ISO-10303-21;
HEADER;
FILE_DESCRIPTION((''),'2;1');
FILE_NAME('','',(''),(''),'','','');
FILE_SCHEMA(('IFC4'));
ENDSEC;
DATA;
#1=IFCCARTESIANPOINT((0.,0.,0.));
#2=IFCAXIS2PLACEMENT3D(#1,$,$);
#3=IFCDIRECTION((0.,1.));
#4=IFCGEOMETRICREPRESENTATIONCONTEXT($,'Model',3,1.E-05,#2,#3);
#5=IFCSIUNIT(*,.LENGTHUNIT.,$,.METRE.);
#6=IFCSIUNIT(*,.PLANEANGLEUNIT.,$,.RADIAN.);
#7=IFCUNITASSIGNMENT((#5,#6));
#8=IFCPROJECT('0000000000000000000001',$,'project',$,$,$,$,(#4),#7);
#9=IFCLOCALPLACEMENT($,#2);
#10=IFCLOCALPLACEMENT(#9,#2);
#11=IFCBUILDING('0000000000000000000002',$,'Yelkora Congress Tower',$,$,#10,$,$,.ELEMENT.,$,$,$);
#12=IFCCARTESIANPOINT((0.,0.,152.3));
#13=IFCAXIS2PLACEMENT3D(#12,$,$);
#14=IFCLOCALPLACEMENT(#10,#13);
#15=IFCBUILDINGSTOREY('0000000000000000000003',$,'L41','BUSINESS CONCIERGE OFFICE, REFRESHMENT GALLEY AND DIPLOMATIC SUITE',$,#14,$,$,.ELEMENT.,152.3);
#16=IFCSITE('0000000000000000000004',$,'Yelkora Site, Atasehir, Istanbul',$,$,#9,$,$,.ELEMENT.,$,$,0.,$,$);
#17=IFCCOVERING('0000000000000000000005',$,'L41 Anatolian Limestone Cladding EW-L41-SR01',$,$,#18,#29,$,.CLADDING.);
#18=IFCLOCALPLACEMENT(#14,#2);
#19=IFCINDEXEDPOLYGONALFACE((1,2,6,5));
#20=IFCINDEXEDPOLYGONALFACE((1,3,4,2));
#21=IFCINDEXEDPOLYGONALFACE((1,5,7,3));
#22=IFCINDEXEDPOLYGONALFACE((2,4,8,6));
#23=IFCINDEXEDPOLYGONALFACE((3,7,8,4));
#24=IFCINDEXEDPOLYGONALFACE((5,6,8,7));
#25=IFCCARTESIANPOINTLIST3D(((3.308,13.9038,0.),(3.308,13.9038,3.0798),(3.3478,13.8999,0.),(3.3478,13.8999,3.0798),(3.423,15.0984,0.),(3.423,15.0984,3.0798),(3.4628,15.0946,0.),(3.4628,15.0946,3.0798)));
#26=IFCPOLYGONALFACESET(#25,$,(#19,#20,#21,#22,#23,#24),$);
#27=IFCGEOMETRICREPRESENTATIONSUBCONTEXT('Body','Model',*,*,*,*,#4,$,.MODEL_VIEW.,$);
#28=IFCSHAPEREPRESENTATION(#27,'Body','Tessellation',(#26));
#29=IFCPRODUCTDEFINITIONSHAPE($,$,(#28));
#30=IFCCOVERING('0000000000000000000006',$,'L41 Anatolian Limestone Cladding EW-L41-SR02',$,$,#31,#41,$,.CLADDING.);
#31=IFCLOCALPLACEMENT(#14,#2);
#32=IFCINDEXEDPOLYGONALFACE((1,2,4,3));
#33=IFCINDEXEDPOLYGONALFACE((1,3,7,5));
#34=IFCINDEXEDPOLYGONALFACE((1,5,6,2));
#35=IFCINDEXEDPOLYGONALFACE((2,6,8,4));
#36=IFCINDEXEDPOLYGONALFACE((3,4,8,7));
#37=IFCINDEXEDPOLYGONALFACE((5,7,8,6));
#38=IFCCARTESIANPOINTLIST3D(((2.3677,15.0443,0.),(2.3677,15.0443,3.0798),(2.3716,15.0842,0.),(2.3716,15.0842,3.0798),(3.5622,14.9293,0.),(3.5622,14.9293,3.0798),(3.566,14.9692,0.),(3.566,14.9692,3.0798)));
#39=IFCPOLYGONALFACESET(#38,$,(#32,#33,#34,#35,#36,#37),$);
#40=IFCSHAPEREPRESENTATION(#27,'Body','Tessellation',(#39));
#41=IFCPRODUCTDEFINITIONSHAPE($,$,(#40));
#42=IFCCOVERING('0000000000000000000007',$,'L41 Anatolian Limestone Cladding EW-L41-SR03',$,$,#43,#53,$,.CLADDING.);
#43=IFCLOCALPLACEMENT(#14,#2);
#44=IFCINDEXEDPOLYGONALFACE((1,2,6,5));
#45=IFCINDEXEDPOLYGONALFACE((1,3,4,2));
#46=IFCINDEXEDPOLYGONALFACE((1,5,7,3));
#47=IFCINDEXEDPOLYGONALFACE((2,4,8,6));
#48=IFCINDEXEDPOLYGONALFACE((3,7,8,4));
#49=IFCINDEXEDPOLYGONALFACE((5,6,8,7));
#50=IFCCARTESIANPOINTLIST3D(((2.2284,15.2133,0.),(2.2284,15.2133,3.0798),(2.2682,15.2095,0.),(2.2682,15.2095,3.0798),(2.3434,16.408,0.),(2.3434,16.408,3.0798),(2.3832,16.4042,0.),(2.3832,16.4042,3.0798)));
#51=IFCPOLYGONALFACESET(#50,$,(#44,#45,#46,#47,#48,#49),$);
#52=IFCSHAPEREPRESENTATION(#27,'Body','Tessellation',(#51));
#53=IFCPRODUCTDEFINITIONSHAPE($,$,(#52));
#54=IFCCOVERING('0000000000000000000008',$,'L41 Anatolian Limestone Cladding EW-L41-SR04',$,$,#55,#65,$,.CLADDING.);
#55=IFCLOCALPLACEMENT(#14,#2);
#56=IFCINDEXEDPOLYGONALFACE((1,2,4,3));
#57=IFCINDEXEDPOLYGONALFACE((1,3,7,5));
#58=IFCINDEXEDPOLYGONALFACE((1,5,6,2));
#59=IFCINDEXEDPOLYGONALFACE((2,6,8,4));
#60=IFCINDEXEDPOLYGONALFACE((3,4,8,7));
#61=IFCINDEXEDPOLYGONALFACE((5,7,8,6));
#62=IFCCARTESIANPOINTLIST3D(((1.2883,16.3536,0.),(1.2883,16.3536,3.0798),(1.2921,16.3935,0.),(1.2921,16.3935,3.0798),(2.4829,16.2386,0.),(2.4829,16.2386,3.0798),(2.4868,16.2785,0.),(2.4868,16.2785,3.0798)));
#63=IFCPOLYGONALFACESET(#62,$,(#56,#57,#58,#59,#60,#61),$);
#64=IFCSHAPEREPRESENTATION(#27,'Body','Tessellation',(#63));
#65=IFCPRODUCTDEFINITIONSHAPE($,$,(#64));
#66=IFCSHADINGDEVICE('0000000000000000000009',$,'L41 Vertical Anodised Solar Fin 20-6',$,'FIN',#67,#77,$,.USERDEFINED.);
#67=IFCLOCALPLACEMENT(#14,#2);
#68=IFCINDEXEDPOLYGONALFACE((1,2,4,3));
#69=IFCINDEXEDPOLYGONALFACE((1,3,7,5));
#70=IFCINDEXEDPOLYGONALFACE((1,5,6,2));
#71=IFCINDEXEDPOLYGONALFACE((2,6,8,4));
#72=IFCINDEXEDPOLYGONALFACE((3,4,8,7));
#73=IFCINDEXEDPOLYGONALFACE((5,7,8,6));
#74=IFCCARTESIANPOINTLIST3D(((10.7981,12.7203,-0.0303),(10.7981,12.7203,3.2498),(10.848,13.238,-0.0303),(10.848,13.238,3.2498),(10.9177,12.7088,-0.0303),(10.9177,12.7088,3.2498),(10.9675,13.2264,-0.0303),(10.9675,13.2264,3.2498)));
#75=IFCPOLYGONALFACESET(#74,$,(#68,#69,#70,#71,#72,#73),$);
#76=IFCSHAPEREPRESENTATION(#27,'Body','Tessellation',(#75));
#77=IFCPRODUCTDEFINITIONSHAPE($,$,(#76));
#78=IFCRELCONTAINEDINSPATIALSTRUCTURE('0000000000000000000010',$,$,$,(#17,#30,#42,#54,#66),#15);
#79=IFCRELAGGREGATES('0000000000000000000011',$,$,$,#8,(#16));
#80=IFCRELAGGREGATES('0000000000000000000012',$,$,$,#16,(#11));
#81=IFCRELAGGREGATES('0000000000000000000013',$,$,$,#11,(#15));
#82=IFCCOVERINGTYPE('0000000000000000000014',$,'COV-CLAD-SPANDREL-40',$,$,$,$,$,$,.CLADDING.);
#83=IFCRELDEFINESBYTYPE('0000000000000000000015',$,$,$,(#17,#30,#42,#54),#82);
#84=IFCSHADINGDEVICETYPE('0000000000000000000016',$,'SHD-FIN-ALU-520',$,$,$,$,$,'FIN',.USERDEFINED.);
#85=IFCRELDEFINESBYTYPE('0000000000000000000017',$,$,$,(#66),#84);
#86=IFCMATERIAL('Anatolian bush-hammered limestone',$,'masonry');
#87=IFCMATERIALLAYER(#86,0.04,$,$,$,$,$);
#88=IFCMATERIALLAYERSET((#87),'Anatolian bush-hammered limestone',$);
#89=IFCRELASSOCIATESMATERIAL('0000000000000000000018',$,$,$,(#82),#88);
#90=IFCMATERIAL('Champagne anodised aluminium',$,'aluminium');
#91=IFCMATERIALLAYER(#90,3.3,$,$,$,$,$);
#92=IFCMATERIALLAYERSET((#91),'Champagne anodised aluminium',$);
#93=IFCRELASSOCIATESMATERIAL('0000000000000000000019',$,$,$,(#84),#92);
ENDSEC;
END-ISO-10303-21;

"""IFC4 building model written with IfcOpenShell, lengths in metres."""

from ifc_helpers import new_model, si_unit, direction, frame, frame_2d, origin, origin_2d, place, context, subcontext, project, spatial, rectangle, extrude, material, layer, layer_set, type_object, element, save


model = new_model("IFC4")

# Units and contexts
model_context = context("Model", 3, precision=1e-05, world=origin(), true_north=direction((0.0, 1.0)))
body_context = subcontext(model_context, "Body", "Model", "MODEL_VIEW")
ifc_project = project(units=[si_unit("LENGTHUNIT", "METRE"), si_unit("PLANEANGLEUNIT", "RADIAN")], contexts=[model_context])

# Site, building, storey
site_placement = place(None, origin())
site = spatial("IfcSite", under=ifc_project, at=site_placement, Name="Yelkora Site, Atasehir, Istanbul", CompositionType="ELEMENT", RefElevation=0.0)
building_placement = place(site_placement, origin())
building = spatial("IfcBuilding", under=site, at=building_placement, Name="Yelkora Congress Tower", CompositionType="ELEMENT")
storey_placement = place(building_placement, frame((0.0, 0.0, 152.3)))
storey = spatial("IfcBuildingStorey", under=building, at=storey_placement, Name="L41", Description="BUSINESS CONCIERGE OFFICE, REFRESHMENT GALLEY AND DIPLOMATIC SUITE", CompositionType="ELEMENT", Elevation=152.3)

# Coverings
ifc_material_1 = material(Name="Anatolian bush-hammered limestone", Category="masonry")
ifc_layer_1 = layer(ifc_material_1, 0.04)
ifc_layer_set_1 = layer_set([ifc_layer_1], Name="Anatolian bush-hammered limestone")
covering_type = type_object("IfcCoveringType", Name="COV-CLAD-SPANDREL-40", PredefinedType="CLADDING", material=ifc_layer_set_1)
covering_1_placement = place(storey_placement, frame((3.3279, 13.9019, 0.0), z_axis=(0.0, 0.0, 1.0), x_axis=(0.095817, 0.995399, 0.0)))
element("IfcCovering", 1, at=covering_1_placement, inside=storey, type_object=covering_type, Name="L41 Anatolian Limestone Cladding EW-L41-SR01", PredefinedType="CLADDING", context=body_context, shape_type="SweptSolid", body=[
    extrude(rectangle(XDim=1.2002, YDim=0.04, at=frame_2d((0.6001, 0.0))), origin(), (0.0, 0.0, 1.0), 3.0798),
])
covering_2_placement = place(storey_placement, frame((3.5642, 14.9492, 0.0), z_axis=(0.0, 0.0, 1.0), x_axis=(-0.995397, 0.095836, 0.0)))
element("IfcCovering", 2, at=covering_2_placement, inside=storey, type_object=covering_type, Name="L41 Anatolian Limestone Cladding EW-L41-SR02", PredefinedType="CLADDING", context=body_context, shape_type="SweptSolid", body=[
    extrude(rectangle(XDim=1.2, YDim=0.04, at=frame_2d((0.6001, 0.0))), origin(), (0.0, 0.0, 1.0), 3.0798),
])
for number, where, z_axis, x_axis, name in (
    (3, (2.2483, 15.2114, 0.0), (0.0, 0.0, 1.0), (0.095817, 0.995399, 0.0), "L41 Anatolian Limestone Cladding EW-L41-SR03"),
    (4, (2.4849, 16.2585, 0.0), (0.0, 0.0, 1.0), (-0.995399, 0.095817, 0.0), "L41 Anatolian Limestone Cladding EW-L41-SR04"),
):
    element("IfcCovering", number, at=place(storey_placement, frame(where, z_axis=z_axis, x_axis=x_axis)), inside=storey, type_object=covering_type, Name=name, PredefinedType="CLADDING", context=body_context, shape_type="SweptSolid", body=[
        extrude(rectangle(XDim=1.2002, YDim=0.04, at=frame_2d((0.6001, 0.0))), origin(), (0.0, 0.0, 1.0), 3.0798),
    ])

# Shading device
ifc_material_2 = material(Name="Champagne anodised aluminium", Category="aluminium")
ifc_layer_2 = layer(ifc_material_2, 3.3)
ifc_layer_set_2 = layer_set([ifc_layer_2], Name="Champagne anodised aluminium")
shading_device_type = type_object("IfcShadingDeviceType", Name="SHD-FIN-ALU-520", ElementType="FIN", PredefinedType="USERDEFINED", material=ifc_layer_set_2)
shading_device_placement = place(storey_placement, frame((10.8828, 12.9734, -0.0303), z_axis=(0.0, 0.0, 1.0), x_axis=(-0.995396, 0.095846, 0.0)))
element("IfcShadingDevice", 5, at=shading_device_placement, inside=storey, type_object=shading_device_type, Name="L41 Vertical Anodised Solar Fin 20-6", ObjectType="FIN", PredefinedType="USERDEFINED", context=body_context, shape_type="SweptSolid", body=[
    extrude(rectangle(XDim=0.1201, YDim=0.52, at=origin_2d()), origin(), (0.0, 0.0, 1.0), 3.28),
])

save(model, "model.ifc")
